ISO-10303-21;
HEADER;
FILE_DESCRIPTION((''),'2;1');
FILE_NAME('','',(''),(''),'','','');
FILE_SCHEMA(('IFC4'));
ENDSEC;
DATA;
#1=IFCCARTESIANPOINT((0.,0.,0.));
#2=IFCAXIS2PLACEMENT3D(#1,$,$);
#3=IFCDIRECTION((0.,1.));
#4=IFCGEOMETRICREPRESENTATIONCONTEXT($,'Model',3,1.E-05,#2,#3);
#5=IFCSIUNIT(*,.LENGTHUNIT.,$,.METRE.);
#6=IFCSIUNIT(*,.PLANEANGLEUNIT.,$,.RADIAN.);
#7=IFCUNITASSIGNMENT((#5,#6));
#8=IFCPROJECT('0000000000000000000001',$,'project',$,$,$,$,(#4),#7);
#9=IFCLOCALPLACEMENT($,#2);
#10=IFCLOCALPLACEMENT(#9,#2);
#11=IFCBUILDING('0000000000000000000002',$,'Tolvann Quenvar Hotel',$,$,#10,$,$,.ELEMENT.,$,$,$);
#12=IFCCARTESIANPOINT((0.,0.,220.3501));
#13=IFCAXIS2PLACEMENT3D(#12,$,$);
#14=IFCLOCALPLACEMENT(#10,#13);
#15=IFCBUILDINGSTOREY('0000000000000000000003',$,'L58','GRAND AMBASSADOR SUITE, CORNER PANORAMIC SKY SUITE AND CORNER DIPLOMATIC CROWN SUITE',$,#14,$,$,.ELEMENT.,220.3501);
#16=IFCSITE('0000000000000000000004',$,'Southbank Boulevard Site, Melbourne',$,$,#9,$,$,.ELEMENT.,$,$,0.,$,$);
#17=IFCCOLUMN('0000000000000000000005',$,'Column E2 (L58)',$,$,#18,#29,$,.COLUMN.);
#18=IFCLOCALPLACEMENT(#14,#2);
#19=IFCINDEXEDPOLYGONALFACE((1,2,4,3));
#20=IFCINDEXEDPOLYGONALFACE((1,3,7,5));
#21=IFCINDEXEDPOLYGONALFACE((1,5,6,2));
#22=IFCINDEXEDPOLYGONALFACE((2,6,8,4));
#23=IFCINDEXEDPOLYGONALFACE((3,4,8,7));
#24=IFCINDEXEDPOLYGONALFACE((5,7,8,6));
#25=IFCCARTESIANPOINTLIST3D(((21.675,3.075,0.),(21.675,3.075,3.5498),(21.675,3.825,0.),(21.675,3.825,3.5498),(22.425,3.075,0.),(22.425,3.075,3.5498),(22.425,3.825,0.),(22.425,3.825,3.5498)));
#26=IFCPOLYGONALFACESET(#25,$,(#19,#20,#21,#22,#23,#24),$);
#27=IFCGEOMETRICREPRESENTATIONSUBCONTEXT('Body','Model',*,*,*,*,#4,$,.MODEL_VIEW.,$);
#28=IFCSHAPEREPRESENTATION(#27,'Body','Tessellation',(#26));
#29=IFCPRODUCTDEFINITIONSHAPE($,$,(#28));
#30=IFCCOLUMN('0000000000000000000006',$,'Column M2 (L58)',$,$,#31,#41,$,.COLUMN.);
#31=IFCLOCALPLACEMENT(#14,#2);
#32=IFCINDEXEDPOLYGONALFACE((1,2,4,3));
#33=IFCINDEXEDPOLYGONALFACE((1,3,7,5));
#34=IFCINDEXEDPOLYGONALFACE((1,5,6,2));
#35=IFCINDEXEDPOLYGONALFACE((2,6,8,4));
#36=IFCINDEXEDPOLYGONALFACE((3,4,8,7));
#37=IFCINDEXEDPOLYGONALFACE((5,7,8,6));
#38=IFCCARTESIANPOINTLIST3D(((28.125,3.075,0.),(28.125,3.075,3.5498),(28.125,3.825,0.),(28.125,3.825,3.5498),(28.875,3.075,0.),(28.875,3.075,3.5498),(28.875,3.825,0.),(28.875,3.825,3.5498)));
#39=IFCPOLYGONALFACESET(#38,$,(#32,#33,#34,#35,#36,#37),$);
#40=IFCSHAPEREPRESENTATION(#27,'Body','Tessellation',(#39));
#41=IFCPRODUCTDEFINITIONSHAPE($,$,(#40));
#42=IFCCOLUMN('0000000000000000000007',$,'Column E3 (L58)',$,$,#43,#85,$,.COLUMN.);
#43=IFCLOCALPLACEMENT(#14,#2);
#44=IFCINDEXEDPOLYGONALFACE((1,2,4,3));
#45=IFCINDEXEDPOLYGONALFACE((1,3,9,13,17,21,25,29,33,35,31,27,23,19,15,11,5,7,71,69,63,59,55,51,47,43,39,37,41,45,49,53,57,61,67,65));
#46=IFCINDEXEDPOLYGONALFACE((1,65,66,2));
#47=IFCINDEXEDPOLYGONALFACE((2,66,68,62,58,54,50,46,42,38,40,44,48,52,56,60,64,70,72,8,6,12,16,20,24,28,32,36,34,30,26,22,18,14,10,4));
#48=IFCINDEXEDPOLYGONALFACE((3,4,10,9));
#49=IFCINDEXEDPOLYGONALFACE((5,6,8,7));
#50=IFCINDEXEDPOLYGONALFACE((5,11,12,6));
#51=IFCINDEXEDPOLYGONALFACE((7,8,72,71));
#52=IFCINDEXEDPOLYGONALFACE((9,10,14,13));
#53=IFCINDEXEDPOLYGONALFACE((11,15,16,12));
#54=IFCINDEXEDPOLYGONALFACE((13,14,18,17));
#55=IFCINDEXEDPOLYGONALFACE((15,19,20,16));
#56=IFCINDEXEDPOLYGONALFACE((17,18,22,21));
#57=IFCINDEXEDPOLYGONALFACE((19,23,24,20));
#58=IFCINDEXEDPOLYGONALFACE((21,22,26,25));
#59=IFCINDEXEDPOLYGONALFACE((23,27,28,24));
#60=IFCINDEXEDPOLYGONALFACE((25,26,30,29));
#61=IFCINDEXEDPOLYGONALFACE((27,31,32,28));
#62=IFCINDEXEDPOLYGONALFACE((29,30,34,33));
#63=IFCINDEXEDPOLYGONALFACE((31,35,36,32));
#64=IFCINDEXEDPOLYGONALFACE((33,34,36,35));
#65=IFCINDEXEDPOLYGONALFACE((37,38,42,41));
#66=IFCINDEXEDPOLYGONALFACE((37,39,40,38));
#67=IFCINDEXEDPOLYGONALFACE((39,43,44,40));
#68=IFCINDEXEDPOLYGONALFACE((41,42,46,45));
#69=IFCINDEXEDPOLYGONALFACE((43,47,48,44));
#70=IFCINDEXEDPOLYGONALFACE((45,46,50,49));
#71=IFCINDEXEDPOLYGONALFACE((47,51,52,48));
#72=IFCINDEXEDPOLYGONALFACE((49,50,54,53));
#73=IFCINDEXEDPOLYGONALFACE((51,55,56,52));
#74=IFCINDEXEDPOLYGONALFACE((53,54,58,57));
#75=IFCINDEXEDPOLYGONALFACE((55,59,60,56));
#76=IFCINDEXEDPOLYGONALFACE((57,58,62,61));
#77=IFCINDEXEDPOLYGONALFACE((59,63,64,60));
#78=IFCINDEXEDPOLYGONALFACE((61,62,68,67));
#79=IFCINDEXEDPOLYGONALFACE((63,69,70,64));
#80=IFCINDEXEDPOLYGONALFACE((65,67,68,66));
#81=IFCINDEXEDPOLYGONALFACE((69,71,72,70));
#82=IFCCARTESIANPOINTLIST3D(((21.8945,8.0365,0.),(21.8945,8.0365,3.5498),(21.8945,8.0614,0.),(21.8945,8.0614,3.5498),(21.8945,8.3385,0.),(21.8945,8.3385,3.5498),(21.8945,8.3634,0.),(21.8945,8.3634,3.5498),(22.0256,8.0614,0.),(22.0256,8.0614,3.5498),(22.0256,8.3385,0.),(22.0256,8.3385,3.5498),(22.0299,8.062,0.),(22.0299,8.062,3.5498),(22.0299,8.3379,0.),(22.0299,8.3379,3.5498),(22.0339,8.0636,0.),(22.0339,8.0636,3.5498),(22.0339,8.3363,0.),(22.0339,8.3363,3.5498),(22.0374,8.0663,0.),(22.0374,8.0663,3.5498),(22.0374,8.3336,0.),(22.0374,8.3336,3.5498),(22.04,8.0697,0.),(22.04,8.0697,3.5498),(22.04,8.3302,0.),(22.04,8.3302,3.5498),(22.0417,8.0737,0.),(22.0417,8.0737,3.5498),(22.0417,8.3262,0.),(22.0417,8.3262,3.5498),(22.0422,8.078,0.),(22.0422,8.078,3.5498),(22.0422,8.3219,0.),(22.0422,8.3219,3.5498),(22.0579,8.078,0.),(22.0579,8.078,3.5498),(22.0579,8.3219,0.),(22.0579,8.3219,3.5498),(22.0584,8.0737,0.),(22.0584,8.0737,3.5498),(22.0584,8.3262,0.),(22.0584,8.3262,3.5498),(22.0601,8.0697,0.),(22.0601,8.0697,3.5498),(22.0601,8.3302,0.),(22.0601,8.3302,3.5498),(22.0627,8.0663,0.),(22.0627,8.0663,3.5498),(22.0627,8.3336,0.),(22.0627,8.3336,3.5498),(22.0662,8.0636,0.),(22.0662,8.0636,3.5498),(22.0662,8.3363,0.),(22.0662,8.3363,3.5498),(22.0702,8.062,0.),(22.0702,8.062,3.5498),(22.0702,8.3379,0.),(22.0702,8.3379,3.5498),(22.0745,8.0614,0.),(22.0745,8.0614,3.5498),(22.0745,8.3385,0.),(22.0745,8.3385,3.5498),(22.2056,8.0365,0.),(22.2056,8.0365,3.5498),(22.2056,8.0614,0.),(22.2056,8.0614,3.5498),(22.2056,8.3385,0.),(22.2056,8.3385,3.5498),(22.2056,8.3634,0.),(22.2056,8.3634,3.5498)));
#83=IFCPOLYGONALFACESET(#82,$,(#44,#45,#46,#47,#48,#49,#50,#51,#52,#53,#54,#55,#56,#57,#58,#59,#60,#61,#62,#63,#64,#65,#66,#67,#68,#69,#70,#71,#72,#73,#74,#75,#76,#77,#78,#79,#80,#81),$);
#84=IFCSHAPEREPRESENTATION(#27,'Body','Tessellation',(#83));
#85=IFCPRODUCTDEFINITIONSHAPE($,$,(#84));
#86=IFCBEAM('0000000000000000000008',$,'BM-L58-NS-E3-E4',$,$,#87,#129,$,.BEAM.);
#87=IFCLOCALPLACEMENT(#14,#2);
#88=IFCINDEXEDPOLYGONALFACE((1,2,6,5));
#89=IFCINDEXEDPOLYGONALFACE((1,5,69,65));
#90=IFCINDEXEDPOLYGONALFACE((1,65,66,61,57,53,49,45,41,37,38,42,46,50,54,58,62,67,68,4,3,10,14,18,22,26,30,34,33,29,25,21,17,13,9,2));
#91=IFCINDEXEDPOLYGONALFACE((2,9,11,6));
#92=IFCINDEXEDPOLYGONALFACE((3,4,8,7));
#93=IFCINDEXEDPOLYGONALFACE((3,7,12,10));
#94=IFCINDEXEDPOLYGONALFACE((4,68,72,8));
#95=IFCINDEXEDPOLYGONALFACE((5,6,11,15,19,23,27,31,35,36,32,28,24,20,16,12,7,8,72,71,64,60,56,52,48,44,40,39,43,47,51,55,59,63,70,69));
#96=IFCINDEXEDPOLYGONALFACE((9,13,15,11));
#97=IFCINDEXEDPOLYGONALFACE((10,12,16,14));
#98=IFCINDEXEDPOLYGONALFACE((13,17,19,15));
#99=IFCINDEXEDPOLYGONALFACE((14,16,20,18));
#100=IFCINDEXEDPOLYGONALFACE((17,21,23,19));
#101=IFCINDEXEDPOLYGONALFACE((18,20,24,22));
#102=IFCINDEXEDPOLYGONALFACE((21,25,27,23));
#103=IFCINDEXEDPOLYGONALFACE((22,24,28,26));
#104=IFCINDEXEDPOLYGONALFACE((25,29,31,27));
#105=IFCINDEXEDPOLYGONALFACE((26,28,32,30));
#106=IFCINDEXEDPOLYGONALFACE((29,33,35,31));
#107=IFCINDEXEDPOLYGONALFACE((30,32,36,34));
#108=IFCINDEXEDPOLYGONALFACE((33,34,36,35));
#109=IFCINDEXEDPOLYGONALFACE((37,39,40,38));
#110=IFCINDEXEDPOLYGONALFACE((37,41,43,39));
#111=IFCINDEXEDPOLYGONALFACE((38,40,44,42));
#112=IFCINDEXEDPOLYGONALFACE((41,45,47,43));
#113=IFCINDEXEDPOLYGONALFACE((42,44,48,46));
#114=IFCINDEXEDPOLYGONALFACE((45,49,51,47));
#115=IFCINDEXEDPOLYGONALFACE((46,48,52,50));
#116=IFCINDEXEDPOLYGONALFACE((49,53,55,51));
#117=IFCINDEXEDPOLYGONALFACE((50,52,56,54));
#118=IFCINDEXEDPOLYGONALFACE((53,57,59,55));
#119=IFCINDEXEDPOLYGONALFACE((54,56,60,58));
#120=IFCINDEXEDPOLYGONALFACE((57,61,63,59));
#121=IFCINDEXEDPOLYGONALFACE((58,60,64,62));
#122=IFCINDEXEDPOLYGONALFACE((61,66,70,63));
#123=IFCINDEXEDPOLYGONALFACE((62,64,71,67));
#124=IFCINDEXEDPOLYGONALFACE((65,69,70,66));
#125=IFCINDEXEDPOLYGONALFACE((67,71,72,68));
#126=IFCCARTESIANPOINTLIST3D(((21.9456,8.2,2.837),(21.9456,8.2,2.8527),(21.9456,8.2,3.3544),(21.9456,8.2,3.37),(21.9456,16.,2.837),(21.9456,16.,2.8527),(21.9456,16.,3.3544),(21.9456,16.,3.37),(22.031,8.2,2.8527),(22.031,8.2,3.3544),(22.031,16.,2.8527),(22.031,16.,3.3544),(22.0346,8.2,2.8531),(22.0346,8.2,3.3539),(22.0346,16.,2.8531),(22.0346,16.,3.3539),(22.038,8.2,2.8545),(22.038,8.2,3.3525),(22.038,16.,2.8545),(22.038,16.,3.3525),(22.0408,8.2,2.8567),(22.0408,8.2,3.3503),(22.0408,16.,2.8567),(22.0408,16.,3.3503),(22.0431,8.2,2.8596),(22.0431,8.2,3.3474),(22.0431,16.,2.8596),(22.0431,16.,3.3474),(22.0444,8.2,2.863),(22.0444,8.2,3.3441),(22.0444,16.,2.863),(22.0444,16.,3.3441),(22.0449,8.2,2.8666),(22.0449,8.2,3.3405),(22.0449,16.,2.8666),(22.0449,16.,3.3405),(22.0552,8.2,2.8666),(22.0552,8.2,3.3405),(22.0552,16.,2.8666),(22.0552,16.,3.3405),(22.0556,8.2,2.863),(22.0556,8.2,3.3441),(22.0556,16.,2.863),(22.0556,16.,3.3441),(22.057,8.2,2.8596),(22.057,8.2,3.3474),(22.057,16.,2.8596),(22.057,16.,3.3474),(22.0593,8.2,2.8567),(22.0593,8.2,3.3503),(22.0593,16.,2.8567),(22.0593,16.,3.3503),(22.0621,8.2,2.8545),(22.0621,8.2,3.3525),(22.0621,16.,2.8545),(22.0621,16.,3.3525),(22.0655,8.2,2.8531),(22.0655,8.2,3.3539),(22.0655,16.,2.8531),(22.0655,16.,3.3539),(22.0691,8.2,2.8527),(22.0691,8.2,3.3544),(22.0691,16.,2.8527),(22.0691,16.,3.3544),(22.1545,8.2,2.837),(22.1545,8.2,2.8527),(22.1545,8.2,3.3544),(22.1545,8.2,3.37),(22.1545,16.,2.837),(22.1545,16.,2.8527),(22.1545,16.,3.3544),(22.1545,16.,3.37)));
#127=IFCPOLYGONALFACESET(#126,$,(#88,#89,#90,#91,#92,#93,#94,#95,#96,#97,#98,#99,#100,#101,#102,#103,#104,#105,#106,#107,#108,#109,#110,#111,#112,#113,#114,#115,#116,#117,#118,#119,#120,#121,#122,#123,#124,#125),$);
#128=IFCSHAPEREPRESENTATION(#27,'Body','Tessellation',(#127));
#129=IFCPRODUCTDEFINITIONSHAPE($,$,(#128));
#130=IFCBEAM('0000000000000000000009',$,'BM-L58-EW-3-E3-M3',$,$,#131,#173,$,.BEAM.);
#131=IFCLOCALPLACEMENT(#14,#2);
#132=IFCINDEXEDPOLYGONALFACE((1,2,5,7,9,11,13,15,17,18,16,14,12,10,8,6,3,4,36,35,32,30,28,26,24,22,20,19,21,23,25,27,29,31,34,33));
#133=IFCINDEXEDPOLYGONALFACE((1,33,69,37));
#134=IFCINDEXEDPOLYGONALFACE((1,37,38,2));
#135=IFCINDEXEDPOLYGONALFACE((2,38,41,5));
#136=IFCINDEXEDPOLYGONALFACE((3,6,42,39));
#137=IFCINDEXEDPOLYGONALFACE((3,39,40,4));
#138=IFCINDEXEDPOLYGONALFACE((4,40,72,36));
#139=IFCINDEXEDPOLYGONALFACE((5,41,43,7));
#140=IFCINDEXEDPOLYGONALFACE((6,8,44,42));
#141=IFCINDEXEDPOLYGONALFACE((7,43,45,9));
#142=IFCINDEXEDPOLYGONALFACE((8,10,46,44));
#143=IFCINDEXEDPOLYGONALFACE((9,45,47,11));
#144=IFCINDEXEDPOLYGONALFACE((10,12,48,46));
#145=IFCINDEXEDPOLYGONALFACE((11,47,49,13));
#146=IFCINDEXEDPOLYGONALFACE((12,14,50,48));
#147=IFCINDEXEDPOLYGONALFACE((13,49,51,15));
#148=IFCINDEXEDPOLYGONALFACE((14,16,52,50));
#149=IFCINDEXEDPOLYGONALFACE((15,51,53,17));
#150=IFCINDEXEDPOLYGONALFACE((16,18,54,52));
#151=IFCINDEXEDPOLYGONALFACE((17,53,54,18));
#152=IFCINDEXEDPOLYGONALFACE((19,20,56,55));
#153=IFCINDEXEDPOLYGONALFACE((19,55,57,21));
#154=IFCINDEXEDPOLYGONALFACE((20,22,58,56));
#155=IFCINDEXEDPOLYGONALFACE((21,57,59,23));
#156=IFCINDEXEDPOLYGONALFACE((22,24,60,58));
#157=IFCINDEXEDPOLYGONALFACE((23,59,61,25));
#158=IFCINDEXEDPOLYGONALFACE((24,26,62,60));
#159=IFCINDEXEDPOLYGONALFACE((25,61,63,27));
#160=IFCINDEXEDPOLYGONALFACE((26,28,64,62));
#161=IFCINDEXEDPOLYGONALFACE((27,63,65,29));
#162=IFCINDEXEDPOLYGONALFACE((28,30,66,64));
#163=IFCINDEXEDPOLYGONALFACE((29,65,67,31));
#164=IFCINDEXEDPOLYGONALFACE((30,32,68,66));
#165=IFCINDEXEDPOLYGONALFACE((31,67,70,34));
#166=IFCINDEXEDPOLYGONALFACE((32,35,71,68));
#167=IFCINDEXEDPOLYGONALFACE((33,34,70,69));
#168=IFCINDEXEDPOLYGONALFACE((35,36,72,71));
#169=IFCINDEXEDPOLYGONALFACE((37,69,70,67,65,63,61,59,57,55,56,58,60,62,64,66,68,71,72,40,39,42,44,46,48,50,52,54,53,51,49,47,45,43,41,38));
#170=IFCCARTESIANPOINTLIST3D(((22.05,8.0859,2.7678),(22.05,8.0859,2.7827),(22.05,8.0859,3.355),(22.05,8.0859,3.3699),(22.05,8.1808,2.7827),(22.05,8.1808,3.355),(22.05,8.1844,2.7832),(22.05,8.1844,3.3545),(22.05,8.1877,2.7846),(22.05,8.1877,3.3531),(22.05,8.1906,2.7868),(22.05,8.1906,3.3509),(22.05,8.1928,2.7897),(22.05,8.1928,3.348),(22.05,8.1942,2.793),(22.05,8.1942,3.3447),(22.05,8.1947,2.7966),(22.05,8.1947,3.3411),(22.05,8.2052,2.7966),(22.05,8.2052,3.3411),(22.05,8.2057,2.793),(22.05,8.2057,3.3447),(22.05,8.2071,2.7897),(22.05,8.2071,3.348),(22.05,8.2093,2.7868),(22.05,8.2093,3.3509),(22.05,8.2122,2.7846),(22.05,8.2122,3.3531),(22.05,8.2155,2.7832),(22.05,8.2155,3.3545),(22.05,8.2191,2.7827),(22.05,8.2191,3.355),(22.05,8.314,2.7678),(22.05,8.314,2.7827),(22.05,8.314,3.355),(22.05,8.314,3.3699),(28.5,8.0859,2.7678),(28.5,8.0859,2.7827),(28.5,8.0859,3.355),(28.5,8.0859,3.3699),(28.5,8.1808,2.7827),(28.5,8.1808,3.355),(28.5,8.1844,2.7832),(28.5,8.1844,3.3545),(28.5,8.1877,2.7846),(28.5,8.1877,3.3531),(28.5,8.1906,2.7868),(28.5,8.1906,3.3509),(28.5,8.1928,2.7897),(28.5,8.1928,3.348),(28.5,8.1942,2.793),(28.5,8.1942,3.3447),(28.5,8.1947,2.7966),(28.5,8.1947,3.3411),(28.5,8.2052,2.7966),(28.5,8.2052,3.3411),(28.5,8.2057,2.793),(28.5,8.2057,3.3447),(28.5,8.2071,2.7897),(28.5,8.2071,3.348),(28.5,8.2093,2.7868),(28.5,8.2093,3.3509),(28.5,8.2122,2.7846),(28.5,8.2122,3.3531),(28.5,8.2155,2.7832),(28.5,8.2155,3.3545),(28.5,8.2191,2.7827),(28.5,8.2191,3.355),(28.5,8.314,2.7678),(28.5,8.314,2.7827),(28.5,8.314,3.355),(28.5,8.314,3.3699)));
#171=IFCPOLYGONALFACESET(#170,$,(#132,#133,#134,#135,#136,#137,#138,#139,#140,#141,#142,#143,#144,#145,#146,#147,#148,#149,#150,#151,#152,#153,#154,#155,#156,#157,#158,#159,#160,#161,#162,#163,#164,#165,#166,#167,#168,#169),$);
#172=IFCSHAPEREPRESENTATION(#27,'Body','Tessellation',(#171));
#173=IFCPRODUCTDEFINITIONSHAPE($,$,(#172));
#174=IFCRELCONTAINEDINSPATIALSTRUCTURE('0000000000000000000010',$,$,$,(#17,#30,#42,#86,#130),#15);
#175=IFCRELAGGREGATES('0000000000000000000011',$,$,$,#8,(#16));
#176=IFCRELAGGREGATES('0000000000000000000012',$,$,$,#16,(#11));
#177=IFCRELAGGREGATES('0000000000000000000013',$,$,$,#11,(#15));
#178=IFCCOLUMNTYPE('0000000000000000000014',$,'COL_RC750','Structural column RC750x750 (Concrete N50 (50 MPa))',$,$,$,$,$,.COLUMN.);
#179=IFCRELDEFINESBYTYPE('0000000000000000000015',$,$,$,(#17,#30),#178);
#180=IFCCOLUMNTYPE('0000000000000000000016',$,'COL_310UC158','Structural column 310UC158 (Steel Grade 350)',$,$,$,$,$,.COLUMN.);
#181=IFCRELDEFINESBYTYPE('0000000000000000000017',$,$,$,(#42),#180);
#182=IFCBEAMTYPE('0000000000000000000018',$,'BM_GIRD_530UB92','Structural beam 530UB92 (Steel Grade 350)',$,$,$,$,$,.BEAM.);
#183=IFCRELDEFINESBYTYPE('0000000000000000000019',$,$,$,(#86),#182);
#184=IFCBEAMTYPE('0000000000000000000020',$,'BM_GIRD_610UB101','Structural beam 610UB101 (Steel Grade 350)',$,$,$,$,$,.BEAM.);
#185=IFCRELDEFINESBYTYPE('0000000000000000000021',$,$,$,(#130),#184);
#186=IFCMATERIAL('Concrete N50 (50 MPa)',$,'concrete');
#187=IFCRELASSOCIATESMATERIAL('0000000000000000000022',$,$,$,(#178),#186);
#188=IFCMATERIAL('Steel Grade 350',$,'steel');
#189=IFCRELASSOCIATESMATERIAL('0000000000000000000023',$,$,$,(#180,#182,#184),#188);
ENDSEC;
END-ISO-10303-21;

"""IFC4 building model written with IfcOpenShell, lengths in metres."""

from ifc_helpers import new_model, si_unit, direction, frame, origin, origin_2d, place, context, subcontext, project, spatial, rectangle, i_section, extrude, source, transform, mapped, material, material_profile, profile_set, type_object, type_shapes, element, save


model = new_model("IFC4")

# Units and contexts
model_context = context("Model", 3, precision=1e-05, world=origin(), true_north=direction((0.0, 1.0)))
body_context = subcontext(model_context, "Body", "Model", "MODEL_VIEW")
ifc_project = project(units=[si_unit("LENGTHUNIT", "METRE"), si_unit("PLANEANGLEUNIT", "RADIAN")], contexts=[model_context])

# Site, building, storey
site_placement = place(None, origin())
site = spatial("IfcSite", under=ifc_project, at=site_placement, Name="Southbank Boulevard Site, Melbourne", CompositionType="ELEMENT", RefElevation=0.0)
building_placement = place(site_placement, origin())
building = spatial("IfcBuilding", under=site, at=building_placement, Name="Tolvann Quenvar Hotel", CompositionType="ELEMENT")
storey_placement = place(building_placement, frame((0.0, 0.0, 220.3501)))
storey = spatial("IfcBuildingStorey", under=building, at=storey_placement, Name="L58", Description="GRAND AMBASSADOR SUITE, CORNER PANORAMIC SKY SUITE AND CORNER DIPLOMATIC CROWN SUITE", CompositionType="ELEMENT", Elevation=220.3501)

# Columns
ifc_material_1 = material(Name="Concrete N50 (50 MPa)", Category="concrete")
ifc_material_profile_1 = material_profile(ifc_material_1, rectangle(XDim=0.75, YDim=0.75, at=origin_2d()), Name="RC750x750")
ifc_profile_set_1 = profile_set([ifc_material_profile_1], Name="Concrete N50 (50 MPa)")
column_type_1 = type_object("IfcColumnType", Name="COL_RC750", Description="Structural column RC750x750 (Concrete N50 (50 MPa))", PredefinedType="COLUMN", material=ifc_profile_set_1)
shared_shape_1 = source(origin(), body_context, "Body", "SweptSolid", [
    extrude(rectangle(XDim=0.75, YDim=0.75, at=origin_2d()), origin(), (0.0, 0.0, 1.0), 3.5498),
])
type_shapes(column_type_1, [shared_shape_1])
for number, where, z_axis, x_axis, name in (
    (1, (22.05, 3.45, 0.0), (0.0, 0.0, 1.0), (1.0, 0.0, 0.0), "Column E2 (L58)"),
    (2, (28.5, 3.45, 0.0), (0.0, 0.0, 1.0), (1.0, 0.0, 0.0), "Column M2 (L58)"),
):
    element("IfcColumn", number, at=place(storey_placement, frame(where, z_axis=z_axis, x_axis=x_axis)), inside=storey, type_object=column_type_1, Name=name, PredefinedType="COLUMN", context=body_context, shape_type="MappedRepresentation", body=[
        mapped(shared_shape_1, transform((0.0, 0.0, 0.0), x_axis=(1.0, 0.0, 0.0), y_axis=(0.0, 1.0, 0.0), z_axis=(0.0, 0.0, 1.0), scale=1.0)),
    ])
ifc_material_2 = material(Name="Steel Grade 350", Category="steel")
ifc_material_profile_2 = material_profile(ifc_material_2, i_section(OverallWidth=0.311, OverallDepth=0.3269, WebThickness=0.0156, FlangeThickness=0.0249, FilletRadius=0.0166, at=origin_2d()), Name="310UC158")
ifc_profile_set_2 = profile_set([ifc_material_profile_2], Name="Steel Grade 350")
column_type_2 = type_object("IfcColumnType", Name="COL_310UC158", Description="Structural column 310UC158 (Steel Grade 350)", PredefinedType="COLUMN", material=ifc_profile_set_2)
shared_shape_2 = source(origin(), body_context, "Body", "SweptSolid", [
    extrude(i_section(OverallWidth=0.311, OverallDepth=0.3269, WebThickness=0.0156, FlangeThickness=0.0249, FilletRadius=0.0166, at=origin_2d()), origin(), (0.0, 0.0, 1.0), 3.5498),
])
type_shapes(column_type_2, [shared_shape_2])
column_placement = place(storey_placement, frame((22.05, 8.2, 0.0), z_axis=(0.0, 0.0, 1.0), x_axis=(1.0, 0.0, 0.0)))
element("IfcColumn", 3, at=column_placement, inside=storey, type_object=column_type_2, Name="Column E3 (L58)", PredefinedType="COLUMN", context=body_context, shape_type="MappedRepresentation", body=[
    mapped(shared_shape_2, transform((0.0, 0.0, 0.0), x_axis=(1.0, 0.0, 0.0), y_axis=(0.0, 1.0, 0.0), z_axis=(0.0, 0.0, 1.0), scale=1.0)),
])

# Beams
ifc_material_profile_3 = material_profile(ifc_material_2, i_section(OverallWidth=0.209, OverallDepth=0.533, WebThickness=0.0103, FlangeThickness=0.0156, FilletRadius=0.0139, at=origin_2d()), Name="530UB92")
ifc_profile_set_3 = profile_set([ifc_material_profile_3], Name="Steel Grade 350")
beam_type_1 = type_object("IfcBeamType", Name="BM_GIRD_530UB92", Description="Structural beam 530UB92 (Steel Grade 350)", PredefinedType="BEAM", material=ifc_profile_set_3)
shared_shape_3 = source(origin(), body_context, "Body", "SweptSolid", [
    extrude(i_section(OverallWidth=0.209, OverallDepth=0.533, WebThickness=0.0103, FlangeThickness=0.0156, FilletRadius=0.0139, at=origin_2d()), origin(), (0.0, 0.0, 1.0), 7.8),
])
beam_1_placement = place(storey_placement, frame((22.05, 8.2, 3.1035), z_axis=(0.0, 1.0, 0.0), x_axis=(-1.0, 0.0, 0.0)))
element("IfcBeam", 4, at=beam_1_placement, inside=storey, type_object=beam_type_1, Name="BM-L58-NS-E3-E4", PredefinedType="BEAM", context=body_context, shape_type="MappedRepresentation", body=[
    mapped(shared_shape_3, transform((0.0, 0.0, 0.0), x_axis=(1.0, 0.0, 0.0), y_axis=(0.0, 1.0, 0.0), z_axis=(0.0, 0.0, 1.0), scale=1.0)),
])
ifc_material_profile_4 = material_profile(ifc_material_2, i_section(OverallWidth=0.228, OverallDepth=0.6021, WebThickness=0.0105, FlangeThickness=0.0149, FilletRadius=0.0139, at=origin_2d()), Name="610UB101")
ifc_profile_set_4 = profile_set([ifc_material_profile_4], Name="Steel Grade 350")
beam_type_2 = type_object("IfcBeamType", Name="BM_GIRD_610UB101", Description="Structural beam 610UB101 (Steel Grade 350)", PredefinedType="BEAM", material=ifc_profile_set_4)
shared_shape_4 = source(origin(), body_context, "Body", "SweptSolid", [
    extrude(i_section(OverallWidth=0.228, OverallDepth=0.6021, WebThickness=0.0105, FlangeThickness=0.0149, FilletRadius=0.0139, at=origin_2d()), origin(), (0.0, 0.0, 1.0), 6.45),
])
type_shapes(beam_type_2, [shared_shape_4])
beam_2_placement = place(storey_placement, frame((22.05, 8.2, 3.0688), z_axis=(1.0, 0.0, 0.0), x_axis=(0.0, 1.0, 0.0)))
element("IfcBeam", 5, at=beam_2_placement, inside=storey, type_object=beam_type_2, Name="BM-L58-EW-3-E3-M3", PredefinedType="BEAM", context=body_context, shape_type="MappedRepresentation", body=[
    mapped(shared_shape_4, transform((0.0, 0.0, 0.0), x_axis=(1.0, 0.0, 0.0), y_axis=(0.0, 1.0, 0.0), z_axis=(0.0, 0.0, 1.0), scale=1.0)),
])

save(model, "model.ifc")
